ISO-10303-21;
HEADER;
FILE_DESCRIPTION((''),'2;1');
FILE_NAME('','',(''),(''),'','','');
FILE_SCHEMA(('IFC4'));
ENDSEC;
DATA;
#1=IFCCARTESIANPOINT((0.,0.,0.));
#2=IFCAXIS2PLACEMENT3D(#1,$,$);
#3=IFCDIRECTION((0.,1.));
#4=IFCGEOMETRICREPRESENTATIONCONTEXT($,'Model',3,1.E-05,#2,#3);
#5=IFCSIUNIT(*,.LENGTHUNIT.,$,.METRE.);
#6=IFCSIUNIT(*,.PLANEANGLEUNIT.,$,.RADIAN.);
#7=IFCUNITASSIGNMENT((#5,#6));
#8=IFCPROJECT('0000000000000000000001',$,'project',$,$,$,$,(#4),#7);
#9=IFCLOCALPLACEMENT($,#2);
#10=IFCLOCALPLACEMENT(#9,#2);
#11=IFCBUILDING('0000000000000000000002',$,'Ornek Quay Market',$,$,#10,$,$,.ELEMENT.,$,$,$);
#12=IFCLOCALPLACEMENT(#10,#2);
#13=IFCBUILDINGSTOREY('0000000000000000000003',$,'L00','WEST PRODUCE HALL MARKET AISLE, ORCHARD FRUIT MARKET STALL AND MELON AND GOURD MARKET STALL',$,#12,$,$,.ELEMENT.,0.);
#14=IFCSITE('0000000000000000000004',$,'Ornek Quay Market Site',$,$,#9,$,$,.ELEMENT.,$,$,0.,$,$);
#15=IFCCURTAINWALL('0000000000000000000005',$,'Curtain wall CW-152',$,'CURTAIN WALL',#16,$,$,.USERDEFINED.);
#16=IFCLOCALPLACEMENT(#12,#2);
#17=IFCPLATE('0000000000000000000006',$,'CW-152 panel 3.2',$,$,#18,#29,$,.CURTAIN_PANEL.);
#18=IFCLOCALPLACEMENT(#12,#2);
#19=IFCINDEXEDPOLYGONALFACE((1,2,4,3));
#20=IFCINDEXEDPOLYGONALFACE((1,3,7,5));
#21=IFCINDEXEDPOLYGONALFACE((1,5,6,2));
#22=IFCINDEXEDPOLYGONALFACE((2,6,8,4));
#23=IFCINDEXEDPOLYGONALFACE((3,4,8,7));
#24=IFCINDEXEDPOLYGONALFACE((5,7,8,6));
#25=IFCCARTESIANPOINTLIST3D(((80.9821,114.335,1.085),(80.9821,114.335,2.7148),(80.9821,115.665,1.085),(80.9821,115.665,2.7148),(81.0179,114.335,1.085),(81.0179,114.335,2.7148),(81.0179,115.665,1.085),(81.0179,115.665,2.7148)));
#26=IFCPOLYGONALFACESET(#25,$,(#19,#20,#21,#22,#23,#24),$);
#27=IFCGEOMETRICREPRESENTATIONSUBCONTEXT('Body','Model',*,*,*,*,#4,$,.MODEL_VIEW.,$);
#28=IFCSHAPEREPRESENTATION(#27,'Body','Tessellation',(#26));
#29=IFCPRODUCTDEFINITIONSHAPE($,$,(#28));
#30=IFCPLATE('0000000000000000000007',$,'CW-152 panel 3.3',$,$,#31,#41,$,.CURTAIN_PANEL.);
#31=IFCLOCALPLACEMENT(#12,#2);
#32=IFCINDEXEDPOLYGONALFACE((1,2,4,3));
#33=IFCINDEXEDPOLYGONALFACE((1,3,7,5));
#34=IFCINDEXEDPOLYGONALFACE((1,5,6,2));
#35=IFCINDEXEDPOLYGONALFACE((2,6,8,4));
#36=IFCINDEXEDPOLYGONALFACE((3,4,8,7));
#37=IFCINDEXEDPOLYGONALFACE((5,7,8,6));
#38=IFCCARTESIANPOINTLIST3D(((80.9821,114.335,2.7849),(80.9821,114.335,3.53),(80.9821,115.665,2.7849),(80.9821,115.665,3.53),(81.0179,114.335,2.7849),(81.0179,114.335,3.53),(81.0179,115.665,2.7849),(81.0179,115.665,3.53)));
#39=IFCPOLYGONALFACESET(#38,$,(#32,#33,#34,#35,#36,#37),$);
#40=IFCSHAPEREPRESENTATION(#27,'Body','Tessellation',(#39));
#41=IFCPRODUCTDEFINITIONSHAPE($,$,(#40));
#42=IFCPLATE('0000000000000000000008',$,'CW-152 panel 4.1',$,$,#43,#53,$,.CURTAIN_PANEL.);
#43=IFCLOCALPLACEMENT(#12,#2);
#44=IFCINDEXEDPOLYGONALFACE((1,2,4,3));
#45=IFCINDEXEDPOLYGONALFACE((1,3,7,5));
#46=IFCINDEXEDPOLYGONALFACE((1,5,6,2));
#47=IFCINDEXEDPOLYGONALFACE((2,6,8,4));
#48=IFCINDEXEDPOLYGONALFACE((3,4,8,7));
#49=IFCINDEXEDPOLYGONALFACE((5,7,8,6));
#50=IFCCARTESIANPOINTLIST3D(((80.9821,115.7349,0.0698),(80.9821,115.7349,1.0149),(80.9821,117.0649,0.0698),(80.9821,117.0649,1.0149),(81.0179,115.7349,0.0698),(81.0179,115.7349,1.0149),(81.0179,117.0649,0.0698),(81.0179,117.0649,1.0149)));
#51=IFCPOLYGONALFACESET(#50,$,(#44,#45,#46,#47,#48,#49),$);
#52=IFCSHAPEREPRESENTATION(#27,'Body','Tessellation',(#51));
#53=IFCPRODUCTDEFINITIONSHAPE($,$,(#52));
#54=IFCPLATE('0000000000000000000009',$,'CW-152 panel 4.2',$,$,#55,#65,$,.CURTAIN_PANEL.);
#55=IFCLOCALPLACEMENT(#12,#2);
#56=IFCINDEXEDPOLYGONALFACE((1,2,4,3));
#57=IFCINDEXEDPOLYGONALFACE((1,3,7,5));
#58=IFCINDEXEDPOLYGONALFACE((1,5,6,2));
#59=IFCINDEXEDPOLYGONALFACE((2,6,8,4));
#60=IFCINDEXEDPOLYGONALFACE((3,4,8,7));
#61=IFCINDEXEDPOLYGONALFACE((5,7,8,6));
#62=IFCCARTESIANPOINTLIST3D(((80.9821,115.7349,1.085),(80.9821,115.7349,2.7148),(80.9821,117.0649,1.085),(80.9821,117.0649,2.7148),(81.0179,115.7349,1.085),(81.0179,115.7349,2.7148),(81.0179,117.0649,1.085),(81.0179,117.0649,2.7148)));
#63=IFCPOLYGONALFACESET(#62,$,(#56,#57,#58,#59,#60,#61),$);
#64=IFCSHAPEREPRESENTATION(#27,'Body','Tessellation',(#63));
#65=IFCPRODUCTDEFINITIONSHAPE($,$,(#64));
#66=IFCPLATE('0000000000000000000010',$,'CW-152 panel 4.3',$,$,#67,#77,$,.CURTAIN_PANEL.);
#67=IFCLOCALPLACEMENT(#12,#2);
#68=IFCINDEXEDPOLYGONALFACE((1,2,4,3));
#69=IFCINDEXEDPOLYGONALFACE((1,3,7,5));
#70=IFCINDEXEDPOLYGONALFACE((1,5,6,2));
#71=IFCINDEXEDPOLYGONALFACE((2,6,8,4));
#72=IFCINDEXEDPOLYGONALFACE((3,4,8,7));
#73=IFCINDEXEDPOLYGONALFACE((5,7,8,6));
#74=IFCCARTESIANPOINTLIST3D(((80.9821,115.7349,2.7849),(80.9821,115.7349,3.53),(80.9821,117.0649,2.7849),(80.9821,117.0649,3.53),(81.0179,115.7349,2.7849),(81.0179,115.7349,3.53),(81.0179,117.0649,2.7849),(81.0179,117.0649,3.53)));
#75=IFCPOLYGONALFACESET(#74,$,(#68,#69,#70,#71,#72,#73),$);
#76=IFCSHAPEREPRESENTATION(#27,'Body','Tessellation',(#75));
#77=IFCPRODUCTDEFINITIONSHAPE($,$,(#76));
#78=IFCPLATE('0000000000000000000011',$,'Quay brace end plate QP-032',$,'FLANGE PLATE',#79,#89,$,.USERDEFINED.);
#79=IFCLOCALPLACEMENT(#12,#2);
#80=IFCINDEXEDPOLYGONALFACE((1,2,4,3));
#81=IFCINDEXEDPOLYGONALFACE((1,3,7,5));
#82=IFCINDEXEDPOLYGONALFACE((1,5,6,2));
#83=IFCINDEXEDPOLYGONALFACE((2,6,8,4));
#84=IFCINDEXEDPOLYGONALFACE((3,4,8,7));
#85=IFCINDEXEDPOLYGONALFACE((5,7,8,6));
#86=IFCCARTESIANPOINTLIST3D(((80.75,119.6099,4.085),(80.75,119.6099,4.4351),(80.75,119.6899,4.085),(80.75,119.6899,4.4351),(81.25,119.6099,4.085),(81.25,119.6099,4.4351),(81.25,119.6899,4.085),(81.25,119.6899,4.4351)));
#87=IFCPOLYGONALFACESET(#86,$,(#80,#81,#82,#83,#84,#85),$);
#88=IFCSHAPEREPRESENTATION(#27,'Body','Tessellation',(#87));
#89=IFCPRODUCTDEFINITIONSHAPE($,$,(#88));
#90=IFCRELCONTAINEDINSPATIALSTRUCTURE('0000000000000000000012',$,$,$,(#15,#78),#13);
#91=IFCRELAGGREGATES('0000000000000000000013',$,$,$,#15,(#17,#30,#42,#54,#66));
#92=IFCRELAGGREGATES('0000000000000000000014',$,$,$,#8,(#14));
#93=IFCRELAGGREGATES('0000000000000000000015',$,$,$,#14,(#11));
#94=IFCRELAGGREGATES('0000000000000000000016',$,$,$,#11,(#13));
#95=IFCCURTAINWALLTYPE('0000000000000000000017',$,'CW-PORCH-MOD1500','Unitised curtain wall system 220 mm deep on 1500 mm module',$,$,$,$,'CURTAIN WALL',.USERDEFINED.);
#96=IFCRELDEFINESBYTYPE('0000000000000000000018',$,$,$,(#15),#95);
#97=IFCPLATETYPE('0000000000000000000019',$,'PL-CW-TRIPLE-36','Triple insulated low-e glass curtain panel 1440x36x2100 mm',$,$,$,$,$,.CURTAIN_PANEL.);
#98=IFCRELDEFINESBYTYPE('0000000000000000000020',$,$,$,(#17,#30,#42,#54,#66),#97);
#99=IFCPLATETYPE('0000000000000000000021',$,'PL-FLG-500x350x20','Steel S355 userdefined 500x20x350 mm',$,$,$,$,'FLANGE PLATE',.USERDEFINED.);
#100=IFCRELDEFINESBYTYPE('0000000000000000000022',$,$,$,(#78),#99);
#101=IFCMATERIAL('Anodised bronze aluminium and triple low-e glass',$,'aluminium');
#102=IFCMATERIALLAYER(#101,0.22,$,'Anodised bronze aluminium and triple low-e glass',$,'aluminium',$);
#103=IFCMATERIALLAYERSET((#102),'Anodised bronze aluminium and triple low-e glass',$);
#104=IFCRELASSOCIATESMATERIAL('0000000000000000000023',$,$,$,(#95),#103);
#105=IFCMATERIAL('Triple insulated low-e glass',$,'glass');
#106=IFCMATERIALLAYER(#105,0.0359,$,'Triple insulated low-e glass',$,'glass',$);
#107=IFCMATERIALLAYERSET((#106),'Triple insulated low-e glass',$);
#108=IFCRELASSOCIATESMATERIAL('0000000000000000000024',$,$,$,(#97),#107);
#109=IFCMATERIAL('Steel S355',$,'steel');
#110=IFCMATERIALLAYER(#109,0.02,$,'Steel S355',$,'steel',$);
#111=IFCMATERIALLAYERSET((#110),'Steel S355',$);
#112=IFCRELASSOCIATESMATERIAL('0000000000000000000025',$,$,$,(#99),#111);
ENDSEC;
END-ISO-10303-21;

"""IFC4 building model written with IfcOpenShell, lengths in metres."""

from ifc_helpers import new_model, si_unit, direction, frame, origin, origin_2d, place, context, subcontext, project, spatial, rectangle, extrude, material, layer, layer_set, type_object, element, aggregate, save


model = new_model("IFC4")

# Units and contexts
model_context = context("Model", 3, precision=1e-05, world=origin(), true_north=direction((0.0, 1.0)))
body_context = subcontext(model_context, "Body", "Model", "MODEL_VIEW")
ifc_project = project(units=[si_unit("LENGTHUNIT", "METRE"), si_unit("PLANEANGLEUNIT", "RADIAN")], contexts=[model_context])

# Site, building, storey
site_placement = place(None, origin())
site = spatial("IfcSite", under=ifc_project, at=site_placement, Name="Ornek Quay Market Site", CompositionType="ELEMENT", RefElevation=0.0)
building_placement = place(site_placement, origin())
building = spatial("IfcBuilding", under=site, at=building_placement, Name="Ornek Quay Market", CompositionType="ELEMENT")
storey_placement = place(building_placement, origin())
storey = spatial("IfcBuildingStorey", under=building, at=storey_placement, Name="L00", Description="WEST PRODUCE HALL MARKET AISLE, ORCHARD FRUIT MARKET STALL AND MELON AND GOURD MARKET STALL", CompositionType="ELEMENT", Elevation=0.0)

# Shared definitions
ifc_material_1 = material(Name="Steel S355", Category="steel")

# Curtain wall, plates
ifc_material_2 = material(Name="Anodised bronze aluminium and triple low-e glass", Category="aluminium")
ifc_layer_1 = layer(ifc_material_2, 0.22, Name="Anodised bronze aluminium and triple low-e glass", Category="aluminium")
ifc_layer_set_1 = layer_set([ifc_layer_1], Name="Anodised bronze aluminium and triple low-e glass")
curtain_wall_type = type_object("IfcCurtainWallType", Name="CW-PORCH-MOD1500", Description="Unitised curtain wall system 220 mm deep on 1500 mm module", ElementType="CURTAIN WALL", PredefinedType="USERDEFINED", material=ifc_layer_set_1)
curtain_wall_placement = place(storey_placement, origin())
curtain_wall = element("IfcCurtainWall", 1, at=curtain_wall_placement, inside=storey, type_object=curtain_wall_type, Name="Curtain wall CW-152", ObjectType="CURTAIN WALL", PredefinedType="USERDEFINED")
ifc_material_3 = material(Name="Triple insulated low-e glass", Category="glass")
ifc_layer_2 = layer(ifc_material_3, 0.0359, Name="Triple insulated low-e glass", Category="glass")
ifc_layer_set_2 = layer_set([ifc_layer_2], Name="Triple insulated low-e glass")
plate_type_1 = type_object("IfcPlateType", Name="PL-CW-TRIPLE-36", Description="Triple insulated low-e glass curtain panel 1440x36x2100 mm", PredefinedType="CURTAIN_PANEL", material=ifc_layer_set_2)
plate_1_placement = place(storey_placement, frame((81.0, 115.0, 1.085), z_axis=(0.0, 0.0, 1.0), x_axis=(0.0, 1.0, 0.0)))
plate_1 = element("IfcPlate", 2, at=plate_1_placement, type_object=plate_type_1, Name="CW-152 panel 3.2", PredefinedType="CURTAIN_PANEL", context=body_context, shape_type="SweptSolid", body=[
    extrude(rectangle(XDim=1.3301, YDim=0.0359, at=origin_2d()), origin(), (0.0, 0.0, 1.0), 1.6299),
])
plate_2_placement = place(storey_placement, frame((81.0, 115.0, 2.7849), z_axis=(0.0, 0.0, 1.0), x_axis=(0.0, 1.0, 0.0)))
plate_2 = element("IfcPlate", 3, at=plate_2_placement, type_object=plate_type_1, Name="CW-152 panel 3.3", PredefinedType="CURTAIN_PANEL", context=body_context, shape_type="SweptSolid", body=[
    extrude(rectangle(XDim=1.3301, YDim=0.0359, at=origin_2d()), origin(), (0.0, 0.0, 1.0), 0.7451),
])
plate_3_placement = place(storey_placement, frame((81.0, 116.3999, 0.0698), z_axis=(0.0, 0.0, 1.0), x_axis=(0.0, 1.0, 0.0)))
plate_3 = element("IfcPlate", 4, at=plate_3_placement, type_object=plate_type_1, Name="CW-152 panel 4.1", PredefinedType="CURTAIN_PANEL", context=body_context, shape_type="SweptSolid", body=[
    extrude(rectangle(XDim=1.3301, YDim=0.0359, at=origin_2d()), origin(), (0.0, 0.0, 1.0), 0.9451),
])
plate_4_placement = place(storey_placement, frame((81.0, 116.3999, 1.085), z_axis=(0.0, 0.0, 1.0), x_axis=(0.0, 1.0, 0.0)))
plate_4 = element("IfcPlate", 5, at=plate_4_placement, type_object=plate_type_1, Name="CW-152 panel 4.2", PredefinedType="CURTAIN_PANEL", context=body_context, shape_type="SweptSolid", body=[
    extrude(rectangle(XDim=1.3301, YDim=0.0359, at=origin_2d()), origin(), (0.0, 0.0, 1.0), 1.6299),
])
plate_5_placement = place(storey_placement, frame((81.0, 116.3999, 2.7849), z_axis=(0.0, 0.0, 1.0), x_axis=(0.0, 1.0, 0.0)))
plate_5 = element("IfcPlate", 6, at=plate_5_placement, type_object=plate_type_1, Name="CW-152 panel 4.3", PredefinedType="CURTAIN_PANEL", context=body_context, shape_type="SweptSolid", body=[
    extrude(rectangle(XDim=1.3301, YDim=0.0359, at=origin_2d()), origin(), (0.0, 0.0, 1.0), 0.7451),
])
aggregate(curtain_wall, [plate_1, plate_2, plate_3, plate_4, plate_5])

# Plate
ifc_layer_3 = layer(ifc_material_1, 0.02, Name="Steel S355", Category="steel")
ifc_layer_set_3 = layer_set([ifc_layer_3], Name="Steel S355")
plate_type_2 = type_object("IfcPlateType", Name="PL-FLG-500x350x20", Description="Steel S355 userdefined 500x20x350 mm", ElementType="FLANGE PLATE", PredefinedType="USERDEFINED", material=ifc_layer_set_3)
plate_6_placement = place(storey_placement, frame((81.0, 119.6499, 4.085), z_axis=(0.0, 0.0, 1.0), x_axis=(1.0, 0.0, 0.0)))
element("IfcPlate", 7, at=plate_6_placement, inside=storey, type_object=plate_type_2, Name="Quay brace end plate QP-032", ObjectType="FLANGE PLATE", PredefinedType="USERDEFINED", context=body_context, shape_type="SweptSolid", body=[
    extrude(rectangle(XDim=0.5, YDim=0.0801, at=origin_2d()), origin(), (0.0, 0.0, 1.0), 0.3501),
])

save(model, "model.ifc")
